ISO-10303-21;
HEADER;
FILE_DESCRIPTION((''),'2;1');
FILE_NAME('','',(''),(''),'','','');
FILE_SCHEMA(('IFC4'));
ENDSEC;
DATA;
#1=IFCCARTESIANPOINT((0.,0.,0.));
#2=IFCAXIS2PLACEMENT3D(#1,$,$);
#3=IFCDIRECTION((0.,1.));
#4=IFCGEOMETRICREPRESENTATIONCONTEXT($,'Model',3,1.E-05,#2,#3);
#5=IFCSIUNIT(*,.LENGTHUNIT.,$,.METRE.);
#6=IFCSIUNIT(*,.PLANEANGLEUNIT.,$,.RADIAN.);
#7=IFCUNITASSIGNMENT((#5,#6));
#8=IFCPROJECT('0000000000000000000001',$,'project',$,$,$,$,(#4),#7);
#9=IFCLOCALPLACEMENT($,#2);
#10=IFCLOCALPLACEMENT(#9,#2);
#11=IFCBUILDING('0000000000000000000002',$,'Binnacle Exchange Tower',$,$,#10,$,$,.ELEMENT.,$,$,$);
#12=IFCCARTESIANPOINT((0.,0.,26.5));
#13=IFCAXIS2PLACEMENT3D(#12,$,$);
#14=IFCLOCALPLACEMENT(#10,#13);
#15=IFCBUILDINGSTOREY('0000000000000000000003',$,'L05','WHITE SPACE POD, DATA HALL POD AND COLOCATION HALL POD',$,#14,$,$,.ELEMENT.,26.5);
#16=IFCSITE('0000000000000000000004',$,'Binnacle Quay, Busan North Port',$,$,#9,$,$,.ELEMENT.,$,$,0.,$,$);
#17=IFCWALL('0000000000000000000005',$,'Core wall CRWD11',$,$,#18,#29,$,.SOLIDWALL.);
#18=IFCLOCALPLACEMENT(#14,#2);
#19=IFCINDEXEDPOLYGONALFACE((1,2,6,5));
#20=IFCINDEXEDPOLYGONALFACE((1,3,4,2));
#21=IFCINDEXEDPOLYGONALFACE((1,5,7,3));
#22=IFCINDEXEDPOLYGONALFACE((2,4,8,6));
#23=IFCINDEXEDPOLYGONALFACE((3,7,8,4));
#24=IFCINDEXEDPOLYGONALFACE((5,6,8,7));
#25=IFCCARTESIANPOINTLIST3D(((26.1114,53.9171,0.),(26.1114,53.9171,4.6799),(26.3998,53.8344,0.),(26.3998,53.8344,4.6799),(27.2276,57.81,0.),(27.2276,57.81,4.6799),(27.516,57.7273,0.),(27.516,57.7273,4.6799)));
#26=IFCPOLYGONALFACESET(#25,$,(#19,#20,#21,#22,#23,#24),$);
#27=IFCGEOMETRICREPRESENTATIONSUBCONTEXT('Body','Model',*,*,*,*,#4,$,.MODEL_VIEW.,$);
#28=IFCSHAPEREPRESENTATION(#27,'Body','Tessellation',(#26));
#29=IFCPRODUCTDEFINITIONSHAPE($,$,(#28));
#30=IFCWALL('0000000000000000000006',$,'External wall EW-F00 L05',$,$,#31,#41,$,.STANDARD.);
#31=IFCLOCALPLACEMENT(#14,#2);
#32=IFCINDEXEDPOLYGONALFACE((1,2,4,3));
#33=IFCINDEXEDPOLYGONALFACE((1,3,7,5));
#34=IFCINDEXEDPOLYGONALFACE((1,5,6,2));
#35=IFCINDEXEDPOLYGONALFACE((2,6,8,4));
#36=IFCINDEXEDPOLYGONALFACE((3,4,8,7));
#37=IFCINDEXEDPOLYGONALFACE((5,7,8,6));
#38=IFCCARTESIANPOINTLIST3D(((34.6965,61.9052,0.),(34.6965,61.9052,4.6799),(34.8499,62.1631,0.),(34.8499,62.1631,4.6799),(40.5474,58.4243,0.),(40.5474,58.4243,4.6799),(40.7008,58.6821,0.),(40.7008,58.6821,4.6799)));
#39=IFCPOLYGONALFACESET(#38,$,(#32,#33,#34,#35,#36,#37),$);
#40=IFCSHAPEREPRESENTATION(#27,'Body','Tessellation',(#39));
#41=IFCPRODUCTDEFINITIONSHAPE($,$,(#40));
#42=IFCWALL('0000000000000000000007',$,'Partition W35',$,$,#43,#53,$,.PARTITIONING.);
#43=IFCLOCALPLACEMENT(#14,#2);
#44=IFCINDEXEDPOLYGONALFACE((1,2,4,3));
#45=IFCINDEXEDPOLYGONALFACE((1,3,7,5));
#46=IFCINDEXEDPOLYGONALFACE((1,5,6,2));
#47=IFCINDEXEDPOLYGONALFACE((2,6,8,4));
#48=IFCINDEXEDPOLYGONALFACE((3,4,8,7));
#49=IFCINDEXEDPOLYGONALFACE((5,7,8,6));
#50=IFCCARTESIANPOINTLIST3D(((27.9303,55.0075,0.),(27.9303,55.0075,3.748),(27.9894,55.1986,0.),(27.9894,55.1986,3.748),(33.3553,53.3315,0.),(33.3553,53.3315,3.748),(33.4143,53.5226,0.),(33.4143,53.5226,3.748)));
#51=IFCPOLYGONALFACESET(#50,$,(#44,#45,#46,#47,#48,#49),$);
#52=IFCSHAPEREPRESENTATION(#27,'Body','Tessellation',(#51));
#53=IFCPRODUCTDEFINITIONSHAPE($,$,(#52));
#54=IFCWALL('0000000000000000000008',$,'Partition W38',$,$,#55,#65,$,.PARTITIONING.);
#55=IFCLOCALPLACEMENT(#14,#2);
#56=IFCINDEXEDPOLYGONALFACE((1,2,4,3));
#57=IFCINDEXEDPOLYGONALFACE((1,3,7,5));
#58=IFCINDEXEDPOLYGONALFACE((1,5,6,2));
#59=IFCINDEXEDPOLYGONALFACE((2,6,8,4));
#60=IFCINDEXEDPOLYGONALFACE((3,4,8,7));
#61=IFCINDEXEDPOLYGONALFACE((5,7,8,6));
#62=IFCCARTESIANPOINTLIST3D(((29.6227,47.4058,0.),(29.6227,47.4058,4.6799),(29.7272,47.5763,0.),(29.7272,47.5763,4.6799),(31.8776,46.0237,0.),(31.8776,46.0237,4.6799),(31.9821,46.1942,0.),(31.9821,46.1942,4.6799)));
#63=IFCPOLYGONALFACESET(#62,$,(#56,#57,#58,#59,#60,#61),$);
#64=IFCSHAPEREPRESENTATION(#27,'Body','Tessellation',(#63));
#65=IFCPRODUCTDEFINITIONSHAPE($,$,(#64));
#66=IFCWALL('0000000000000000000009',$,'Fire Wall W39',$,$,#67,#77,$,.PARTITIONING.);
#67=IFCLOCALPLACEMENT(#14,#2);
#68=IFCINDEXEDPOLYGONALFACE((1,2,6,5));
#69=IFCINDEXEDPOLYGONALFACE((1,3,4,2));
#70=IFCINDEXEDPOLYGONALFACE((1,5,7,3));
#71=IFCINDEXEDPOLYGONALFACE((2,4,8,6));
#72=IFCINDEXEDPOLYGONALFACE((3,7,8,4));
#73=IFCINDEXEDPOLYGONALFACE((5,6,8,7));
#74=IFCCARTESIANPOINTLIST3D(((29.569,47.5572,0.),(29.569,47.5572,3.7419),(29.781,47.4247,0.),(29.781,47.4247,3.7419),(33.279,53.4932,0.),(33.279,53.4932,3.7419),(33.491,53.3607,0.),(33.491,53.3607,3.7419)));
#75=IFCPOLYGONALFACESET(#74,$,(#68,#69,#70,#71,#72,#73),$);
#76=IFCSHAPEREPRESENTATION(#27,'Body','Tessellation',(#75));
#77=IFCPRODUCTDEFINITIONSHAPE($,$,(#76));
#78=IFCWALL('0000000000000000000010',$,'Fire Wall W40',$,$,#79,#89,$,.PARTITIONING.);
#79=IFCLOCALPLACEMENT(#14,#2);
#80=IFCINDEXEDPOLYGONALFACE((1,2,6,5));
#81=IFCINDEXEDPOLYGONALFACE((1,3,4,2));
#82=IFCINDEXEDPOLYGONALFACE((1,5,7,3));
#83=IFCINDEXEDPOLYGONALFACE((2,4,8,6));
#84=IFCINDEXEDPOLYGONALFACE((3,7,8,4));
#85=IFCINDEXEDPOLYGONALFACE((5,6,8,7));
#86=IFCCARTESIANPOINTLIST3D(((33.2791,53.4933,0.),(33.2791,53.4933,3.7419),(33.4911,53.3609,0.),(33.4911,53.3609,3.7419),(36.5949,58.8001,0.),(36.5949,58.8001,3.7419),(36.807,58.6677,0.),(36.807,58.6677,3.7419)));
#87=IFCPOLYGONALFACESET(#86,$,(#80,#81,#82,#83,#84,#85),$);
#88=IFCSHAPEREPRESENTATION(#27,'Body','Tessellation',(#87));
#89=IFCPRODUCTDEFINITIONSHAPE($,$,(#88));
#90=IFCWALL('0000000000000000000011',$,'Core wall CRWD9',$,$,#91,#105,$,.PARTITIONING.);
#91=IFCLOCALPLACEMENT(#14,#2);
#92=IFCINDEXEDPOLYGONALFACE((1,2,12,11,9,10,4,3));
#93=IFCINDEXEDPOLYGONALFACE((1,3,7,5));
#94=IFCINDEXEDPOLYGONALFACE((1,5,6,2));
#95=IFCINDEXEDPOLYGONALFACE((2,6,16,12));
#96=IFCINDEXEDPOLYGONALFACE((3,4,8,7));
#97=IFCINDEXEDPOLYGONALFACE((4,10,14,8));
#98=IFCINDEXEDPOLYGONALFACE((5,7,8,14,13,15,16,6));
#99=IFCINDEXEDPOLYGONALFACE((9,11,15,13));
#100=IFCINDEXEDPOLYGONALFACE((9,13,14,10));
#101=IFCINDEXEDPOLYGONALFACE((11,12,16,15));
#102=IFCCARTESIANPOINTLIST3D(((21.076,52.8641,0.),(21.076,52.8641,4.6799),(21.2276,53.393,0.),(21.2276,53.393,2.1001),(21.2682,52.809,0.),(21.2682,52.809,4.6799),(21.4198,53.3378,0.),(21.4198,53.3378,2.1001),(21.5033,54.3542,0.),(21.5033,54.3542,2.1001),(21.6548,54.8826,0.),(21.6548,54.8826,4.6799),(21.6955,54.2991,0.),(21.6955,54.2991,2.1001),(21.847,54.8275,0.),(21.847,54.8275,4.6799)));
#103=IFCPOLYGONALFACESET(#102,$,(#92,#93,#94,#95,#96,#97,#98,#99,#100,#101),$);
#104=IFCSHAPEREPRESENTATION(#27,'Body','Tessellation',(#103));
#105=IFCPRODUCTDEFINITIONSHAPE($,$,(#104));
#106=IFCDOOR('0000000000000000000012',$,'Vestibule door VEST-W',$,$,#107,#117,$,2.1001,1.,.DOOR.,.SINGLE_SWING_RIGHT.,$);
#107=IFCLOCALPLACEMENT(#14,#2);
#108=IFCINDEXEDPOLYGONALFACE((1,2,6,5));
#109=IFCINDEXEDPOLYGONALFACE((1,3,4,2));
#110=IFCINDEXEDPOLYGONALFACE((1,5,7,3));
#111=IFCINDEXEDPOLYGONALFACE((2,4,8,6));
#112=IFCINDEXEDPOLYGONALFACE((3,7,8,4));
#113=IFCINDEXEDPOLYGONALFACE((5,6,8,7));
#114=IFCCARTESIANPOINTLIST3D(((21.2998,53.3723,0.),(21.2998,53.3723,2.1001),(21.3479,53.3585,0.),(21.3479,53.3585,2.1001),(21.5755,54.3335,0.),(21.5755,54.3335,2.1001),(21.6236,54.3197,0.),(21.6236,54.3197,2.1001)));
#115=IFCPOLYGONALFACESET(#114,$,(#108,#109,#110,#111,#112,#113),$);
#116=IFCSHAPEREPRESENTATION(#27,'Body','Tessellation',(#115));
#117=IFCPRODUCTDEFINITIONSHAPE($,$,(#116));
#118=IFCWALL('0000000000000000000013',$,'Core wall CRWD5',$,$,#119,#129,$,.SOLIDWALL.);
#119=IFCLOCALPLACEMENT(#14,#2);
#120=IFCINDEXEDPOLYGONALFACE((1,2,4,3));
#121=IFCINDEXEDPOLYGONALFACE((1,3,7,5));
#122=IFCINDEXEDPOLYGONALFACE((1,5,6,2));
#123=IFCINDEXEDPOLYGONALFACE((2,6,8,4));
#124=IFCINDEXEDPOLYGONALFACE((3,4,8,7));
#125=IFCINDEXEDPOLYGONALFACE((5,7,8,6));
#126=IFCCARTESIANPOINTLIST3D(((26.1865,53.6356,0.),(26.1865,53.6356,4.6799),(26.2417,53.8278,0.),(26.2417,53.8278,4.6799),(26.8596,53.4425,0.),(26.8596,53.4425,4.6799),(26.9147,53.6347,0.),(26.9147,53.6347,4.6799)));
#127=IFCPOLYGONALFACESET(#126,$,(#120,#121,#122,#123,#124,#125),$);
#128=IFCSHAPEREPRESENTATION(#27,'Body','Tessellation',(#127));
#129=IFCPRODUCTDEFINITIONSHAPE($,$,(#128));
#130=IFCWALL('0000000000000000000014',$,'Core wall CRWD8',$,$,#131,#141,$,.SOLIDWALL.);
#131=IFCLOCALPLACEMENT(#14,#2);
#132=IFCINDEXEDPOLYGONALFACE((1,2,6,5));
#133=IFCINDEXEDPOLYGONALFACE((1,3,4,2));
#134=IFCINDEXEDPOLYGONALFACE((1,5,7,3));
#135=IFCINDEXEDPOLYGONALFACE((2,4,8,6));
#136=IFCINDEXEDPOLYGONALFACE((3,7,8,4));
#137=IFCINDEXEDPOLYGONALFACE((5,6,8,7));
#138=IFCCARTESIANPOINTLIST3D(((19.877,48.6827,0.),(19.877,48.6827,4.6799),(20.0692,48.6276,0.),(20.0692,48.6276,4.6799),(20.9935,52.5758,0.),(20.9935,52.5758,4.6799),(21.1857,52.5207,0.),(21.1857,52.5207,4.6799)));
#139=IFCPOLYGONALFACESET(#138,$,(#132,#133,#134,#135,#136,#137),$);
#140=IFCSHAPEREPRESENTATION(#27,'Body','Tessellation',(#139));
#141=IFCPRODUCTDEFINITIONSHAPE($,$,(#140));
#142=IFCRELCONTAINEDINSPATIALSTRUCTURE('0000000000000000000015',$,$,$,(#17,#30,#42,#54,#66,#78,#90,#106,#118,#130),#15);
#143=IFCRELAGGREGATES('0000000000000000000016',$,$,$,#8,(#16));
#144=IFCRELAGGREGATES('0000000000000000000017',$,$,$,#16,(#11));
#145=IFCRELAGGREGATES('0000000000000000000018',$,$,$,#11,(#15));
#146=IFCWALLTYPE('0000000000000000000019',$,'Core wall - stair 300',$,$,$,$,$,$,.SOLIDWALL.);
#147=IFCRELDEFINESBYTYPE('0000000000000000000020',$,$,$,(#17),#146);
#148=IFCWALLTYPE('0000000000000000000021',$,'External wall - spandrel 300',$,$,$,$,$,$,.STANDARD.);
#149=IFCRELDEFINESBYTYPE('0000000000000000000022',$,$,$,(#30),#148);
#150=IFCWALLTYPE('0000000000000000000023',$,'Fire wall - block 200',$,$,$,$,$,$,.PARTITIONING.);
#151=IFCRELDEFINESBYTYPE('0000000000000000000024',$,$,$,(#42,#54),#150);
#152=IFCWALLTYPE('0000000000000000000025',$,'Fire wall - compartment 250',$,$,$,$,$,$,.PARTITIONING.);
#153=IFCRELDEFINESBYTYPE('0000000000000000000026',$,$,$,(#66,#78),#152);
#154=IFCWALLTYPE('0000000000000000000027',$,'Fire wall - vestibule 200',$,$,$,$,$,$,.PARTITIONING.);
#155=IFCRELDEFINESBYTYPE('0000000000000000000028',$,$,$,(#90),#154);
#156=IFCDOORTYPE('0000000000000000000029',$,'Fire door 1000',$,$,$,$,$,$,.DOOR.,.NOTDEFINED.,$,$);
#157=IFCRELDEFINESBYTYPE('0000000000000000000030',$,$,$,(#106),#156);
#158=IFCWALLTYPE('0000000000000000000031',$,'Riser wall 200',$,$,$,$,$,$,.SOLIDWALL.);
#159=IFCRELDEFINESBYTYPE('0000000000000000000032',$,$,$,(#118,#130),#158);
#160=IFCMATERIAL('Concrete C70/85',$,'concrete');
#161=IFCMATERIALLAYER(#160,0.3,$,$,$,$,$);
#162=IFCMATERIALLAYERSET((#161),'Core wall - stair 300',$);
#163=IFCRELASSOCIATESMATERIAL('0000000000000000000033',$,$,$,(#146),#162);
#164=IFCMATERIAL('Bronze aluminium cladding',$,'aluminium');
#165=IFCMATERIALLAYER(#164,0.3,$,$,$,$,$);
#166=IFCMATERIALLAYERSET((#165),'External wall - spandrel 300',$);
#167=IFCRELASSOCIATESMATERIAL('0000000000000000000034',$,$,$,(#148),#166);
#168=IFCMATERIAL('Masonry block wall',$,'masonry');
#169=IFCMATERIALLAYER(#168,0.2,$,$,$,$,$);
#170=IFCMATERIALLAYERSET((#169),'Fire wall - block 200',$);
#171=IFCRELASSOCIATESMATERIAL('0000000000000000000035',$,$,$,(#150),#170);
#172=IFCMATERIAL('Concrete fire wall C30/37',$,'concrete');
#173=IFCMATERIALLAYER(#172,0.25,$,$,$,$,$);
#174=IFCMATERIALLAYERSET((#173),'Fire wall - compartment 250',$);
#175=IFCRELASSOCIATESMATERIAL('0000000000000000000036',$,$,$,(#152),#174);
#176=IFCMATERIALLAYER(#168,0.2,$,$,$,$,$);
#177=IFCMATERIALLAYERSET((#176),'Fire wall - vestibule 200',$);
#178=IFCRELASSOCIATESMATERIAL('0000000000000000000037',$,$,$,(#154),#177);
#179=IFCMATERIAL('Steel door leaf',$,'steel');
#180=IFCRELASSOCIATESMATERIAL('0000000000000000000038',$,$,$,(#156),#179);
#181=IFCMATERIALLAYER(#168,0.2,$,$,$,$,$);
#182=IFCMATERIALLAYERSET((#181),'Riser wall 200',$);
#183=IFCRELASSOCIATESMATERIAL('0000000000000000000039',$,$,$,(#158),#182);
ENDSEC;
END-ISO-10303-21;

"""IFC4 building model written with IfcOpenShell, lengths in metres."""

from ifc_helpers import new_model, si_unit, direction, frame, frame_2d, origin, place, context, subcontext, project, spatial, rectangle, extrude, material, layer, layer_set, type_object, element, fill, save


model = new_model("IFC4")

# Units and contexts
model_context = context("Model", 3, precision=1e-05, world=origin(), true_north=direction((0.0, 1.0)))
body_context = subcontext(model_context, "Body", "Model", "MODEL_VIEW")
ifc_project = project(units=[si_unit("LENGTHUNIT", "METRE"), si_unit("PLANEANGLEUNIT", "RADIAN")], contexts=[model_context])

# Site, building, storey
site_placement = place(None, origin())
site = spatial("IfcSite", under=ifc_project, at=site_placement, Name="Binnacle Quay, Busan North Port", CompositionType="ELEMENT", RefElevation=0.0)
building_placement = place(site_placement, origin())
building = spatial("IfcBuilding", under=site, at=building_placement, Name="Binnacle Exchange Tower", CompositionType="ELEMENT")
storey_placement = place(building_placement, frame((0.0, 0.0, 26.5)))
storey = spatial("IfcBuildingStorey", under=building, at=storey_placement, Name="L05", Description="WHITE SPACE POD, DATA HALL POD AND COLOCATION HALL POD", CompositionType="ELEMENT", Elevation=26.5)

# Shared definitions
ifc_material_1 = material(Name="Concrete C70/85", Category="concrete")

# Shared definitions
ifc_material_2 = material(Name="Steel door leaf", Category="steel")

# Walls
ifc_layer_1 = layer(ifc_material_1, 0.3)
ifc_layer_set_1 = layer_set([ifc_layer_1], Name="Core wall - stair 300")
wall_type_1 = type_object("IfcWallType", Name="Core wall - stair 300", PredefinedType="SOLIDWALL", material=ifc_layer_set_1)
wall_1_placement = place(storey_placement, frame((26.2556, 53.8757, 0.0), z_axis=(0.0, 0.0, 1.0), x_axis=(0.275613, 0.961269, 0.0)))
element("IfcWall", 1, at=wall_1_placement, inside=storey, type_object=wall_type_1, Name="Core wall CRWD11", PredefinedType="SOLIDWALL", context=body_context, shape_type="SweptSolid", body=[
    extrude(rectangle(XDim=4.0498, YDim=0.3, at=frame_2d((2.0249, 0.0))), origin(), (0.0, 0.0, 1.0), 4.6799),
])
ifc_material_3 = material(Name="Bronze aluminium cladding", Category="aluminium")
ifc_layer_2 = layer(ifc_material_3, 0.3)
ifc_layer_set_2 = layer_set([ifc_layer_2], Name="External wall - spandrel 300")
wall_type_2 = type_object("IfcWallType", Name="External wall - spandrel 300", PredefinedType="STANDARD", material=ifc_layer_set_2)
wall_2_placement = place(storey_placement, frame((34.7732, 62.0342, 0.0), z_axis=(0.0, 0.0, 1.0), x_axis=(0.859401, -0.511302, 0.0)))
element("IfcWall", 2, at=wall_2_placement, inside=storey, type_object=wall_type_2, Name="External wall EW-F00 L05", PredefinedType="STANDARD", context=body_context, shape_type="SweptSolid", body=[
    extrude(rectangle(XDim=6.8081, YDim=0.3, at=frame_2d((3.4041, 0.0))), origin(), (0.0, 0.0, 1.0), 4.6799),
])
ifc_material_4 = material(Name="Masonry block wall", Category="masonry")
ifc_layer_3 = layer(ifc_material_4, 0.2)
ifc_layer_set_3 = layer_set([ifc_layer_3], Name="Fire wall - block 200")
wall_type_3 = type_object("IfcWallType", Name="Fire wall - block 200", PredefinedType="PARTITIONING", material=ifc_layer_set_3)
wall_3_placement = place(storey_placement, frame((27.96, 55.103, 0.0), z_axis=(0.0, 0.0, 1.0), x_axis=(0.955443, -0.295176, 0.0)))
element("IfcWall", 3, at=wall_3_placement, inside=storey, type_object=wall_type_3, Name="Partition W35", PredefinedType="PARTITIONING", context=body_context, shape_type="SweptSolid", body=[
    extrude(rectangle(XDim=5.678, YDim=0.2, at=frame_2d((2.8389, 0.0))), origin(), (0.0, 0.0, 1.0), 3.748),
])
wall_4_placement = place(storey_placement, frame((29.675, 47.491, 0.0), z_axis=(0.0, 0.0, 1.0), x_axis=(0.852592, -0.522577, 0.0)))
element("IfcWall", 4, at=wall_4_placement, inside=storey, type_object=wall_type_3, Name="Partition W38", PredefinedType="PARTITIONING", context=body_context, shape_type="SweptSolid", body=[
    extrude(rectangle(XDim=2.6448, YDim=0.2, at=frame_2d((1.3223, 0.0))), origin(), (0.0, 0.0, 1.0), 4.6799),
])
ifc_material_5 = material(Name="Concrete fire wall C30/37", Category="concrete")
ifc_layer_4 = layer(ifc_material_5, 0.25)
ifc_layer_set_4 = layer_set([ifc_layer_4], Name="Fire wall - compartment 250")
wall_type_4 = type_object("IfcWallType", Name="Fire wall - compartment 250", PredefinedType="PARTITIONING", material=ifc_layer_set_4)
wall_5_placement = place(storey_placement, frame((29.675, 47.491, 0.0), z_axis=(0.0, 0.0, 1.0), x_axis=(0.529993, 0.848002, 0.0)))
element("IfcWall", 5, at=wall_5_placement, inside=storey, type_object=wall_type_4, Name="Fire Wall W39", PredefinedType="PARTITIONING", context=body_context, shape_type="SweptSolid", body=[
    extrude(rectangle(XDim=7.0, YDim=0.25, at=frame_2d((3.5, 0.0))), origin(), (0.0, 0.0, 1.0), 3.7419),
])
wall_6_placement = place(storey_placement, frame((33.385, 53.427, 0.0), z_axis=(0.0, 0.0, 1.0), x_axis=(0.529897, 0.848062, 0.0)))
element("IfcWall", 6, at=wall_6_placement, inside=storey, type_object=wall_type_4, Name="Fire Wall W40", PredefinedType="PARTITIONING", context=body_context, shape_type="SweptSolid", body=[
    extrude(rectangle(XDim=6.2576, YDim=0.25, at=frame_2d((3.1289, 0.0))), origin(), (0.0, 0.0, 1.0), 3.7419),
])

# Wall, opening, door
ifc_layer_5 = layer(ifc_material_4, 0.2)
ifc_layer_set_5 = layer_set([ifc_layer_5], Name="Fire wall - vestibule 200")
wall_type_5 = type_object("IfcWallType", Name="Fire wall - vestibule 200", PredefinedType="PARTITIONING", material=ifc_layer_set_5)
wall_7_placement = place(storey_placement, frame((21.1721, 52.8367, 0.0), z_axis=(0.0, 0.0, 1.0), x_axis=(0.275658, 0.961256, 0.0)))
wall_7 = element("IfcWall", 7, at=wall_7_placement, inside=storey, type_object=wall_type_5, Name="Core wall CRWD9", PredefinedType="PARTITIONING", context=body_context, shape_type="SweptSolid", body=[
    extrude(rectangle(XDim=2.0999, YDim=0.2, at=frame_2d((1.0498, 0.0))), origin(), (0.0, 0.0, 1.0), 4.6799),
])
opening_1_placement = place(wall_7_placement, frame((0.55, 0.0, 0.0)))
opening_1 = element("IfcOpeningElement", 8, at=opening_1_placement, cuts=wall_7, PredefinedType="OPENING", context=body_context, shape_type="SweptSolid", body=[
    extrude(rectangle(XDim=1.0, YDim=2.1001, at=frame_2d((0.5, 1.05))), frame((0.0, 0.1099, 0.0), z_axis=(0.0, -1.0, 0.0), x_axis=(1.0, 0.0, 0.0)), (0.0, 0.0, 1.0), 0.22),
])
door_type_1 = type_object("IfcDoorType", Name="Fire door 1000", OperationType="NOTDEFINED", PredefinedType="DOOR", material=ifc_material_2)
door_1_placement = place(opening_1_placement, origin())
door_1 = element("IfcDoor", 9, at=door_1_placement, inside=storey, type_object=door_type_1, Name="Vestibule door VEST-W", OperationType="SINGLE_SWING_RIGHT", OverallHeight=2.1001, OverallWidth=1.0, PredefinedType="DOOR", context=body_context, shape_type="SweptSolid", body=[
    extrude(rectangle(XDim=1.0, YDim=2.1001, at=frame_2d((0.5, 1.05))), frame((0.0, 0.0249, 0.0), z_axis=(0.0, -1.0, 0.0), x_axis=(1.0, 0.0, 0.0)), (0.0, 0.0, 1.0), 0.05),
])
fill(opening_1, door_1)

# Walls
ifc_layer_6 = layer(ifc_material_4, 0.2)
ifc_layer_set_6 = layer_set([ifc_layer_6], Name="Riser wall 200")
wall_type_6 = type_object("IfcWallType", Name="Riser wall 200", PredefinedType="SOLIDWALL", material=ifc_layer_set_6)
wall_8_placement = place(storey_placement, frame((26.2141, 53.7317, 0.0), z_axis=(0.0, 0.0, 1.0), x_axis=(0.961221, -0.27578, 0.0)))
element("IfcWall", 10, at=wall_8_placement, inside=storey, type_object=wall_type_6, Name="Core wall CRWD5", PredefinedType="SOLIDWALL", context=body_context, shape_type="SweptSolid", body=[
    extrude(rectangle(XDim=0.7002, YDim=0.2, at=frame_2d((0.3501, 0.0))), origin(), (0.0, 0.0, 1.0), 4.6799),
])
wall_9_placement = place(storey_placement, frame((19.9731, 48.6553, 0.0), z_axis=(0.0, 0.0, 1.0), x_axis=(0.275668, 0.961253, 0.0)))
element("IfcWall", 11, at=wall_9_placement, inside=storey, type_object=wall_type_6, Name="Core wall CRWD8", PredefinedType="SOLIDWALL", context=body_context, shape_type="SweptSolid", body=[
    extrude(rectangle(XDim=4.05, YDim=0.2, at=frame_2d((2.0249, 0.0))), origin(), (0.0, 0.0, 1.0), 4.6799),
])

save(model, "model.ifc")
